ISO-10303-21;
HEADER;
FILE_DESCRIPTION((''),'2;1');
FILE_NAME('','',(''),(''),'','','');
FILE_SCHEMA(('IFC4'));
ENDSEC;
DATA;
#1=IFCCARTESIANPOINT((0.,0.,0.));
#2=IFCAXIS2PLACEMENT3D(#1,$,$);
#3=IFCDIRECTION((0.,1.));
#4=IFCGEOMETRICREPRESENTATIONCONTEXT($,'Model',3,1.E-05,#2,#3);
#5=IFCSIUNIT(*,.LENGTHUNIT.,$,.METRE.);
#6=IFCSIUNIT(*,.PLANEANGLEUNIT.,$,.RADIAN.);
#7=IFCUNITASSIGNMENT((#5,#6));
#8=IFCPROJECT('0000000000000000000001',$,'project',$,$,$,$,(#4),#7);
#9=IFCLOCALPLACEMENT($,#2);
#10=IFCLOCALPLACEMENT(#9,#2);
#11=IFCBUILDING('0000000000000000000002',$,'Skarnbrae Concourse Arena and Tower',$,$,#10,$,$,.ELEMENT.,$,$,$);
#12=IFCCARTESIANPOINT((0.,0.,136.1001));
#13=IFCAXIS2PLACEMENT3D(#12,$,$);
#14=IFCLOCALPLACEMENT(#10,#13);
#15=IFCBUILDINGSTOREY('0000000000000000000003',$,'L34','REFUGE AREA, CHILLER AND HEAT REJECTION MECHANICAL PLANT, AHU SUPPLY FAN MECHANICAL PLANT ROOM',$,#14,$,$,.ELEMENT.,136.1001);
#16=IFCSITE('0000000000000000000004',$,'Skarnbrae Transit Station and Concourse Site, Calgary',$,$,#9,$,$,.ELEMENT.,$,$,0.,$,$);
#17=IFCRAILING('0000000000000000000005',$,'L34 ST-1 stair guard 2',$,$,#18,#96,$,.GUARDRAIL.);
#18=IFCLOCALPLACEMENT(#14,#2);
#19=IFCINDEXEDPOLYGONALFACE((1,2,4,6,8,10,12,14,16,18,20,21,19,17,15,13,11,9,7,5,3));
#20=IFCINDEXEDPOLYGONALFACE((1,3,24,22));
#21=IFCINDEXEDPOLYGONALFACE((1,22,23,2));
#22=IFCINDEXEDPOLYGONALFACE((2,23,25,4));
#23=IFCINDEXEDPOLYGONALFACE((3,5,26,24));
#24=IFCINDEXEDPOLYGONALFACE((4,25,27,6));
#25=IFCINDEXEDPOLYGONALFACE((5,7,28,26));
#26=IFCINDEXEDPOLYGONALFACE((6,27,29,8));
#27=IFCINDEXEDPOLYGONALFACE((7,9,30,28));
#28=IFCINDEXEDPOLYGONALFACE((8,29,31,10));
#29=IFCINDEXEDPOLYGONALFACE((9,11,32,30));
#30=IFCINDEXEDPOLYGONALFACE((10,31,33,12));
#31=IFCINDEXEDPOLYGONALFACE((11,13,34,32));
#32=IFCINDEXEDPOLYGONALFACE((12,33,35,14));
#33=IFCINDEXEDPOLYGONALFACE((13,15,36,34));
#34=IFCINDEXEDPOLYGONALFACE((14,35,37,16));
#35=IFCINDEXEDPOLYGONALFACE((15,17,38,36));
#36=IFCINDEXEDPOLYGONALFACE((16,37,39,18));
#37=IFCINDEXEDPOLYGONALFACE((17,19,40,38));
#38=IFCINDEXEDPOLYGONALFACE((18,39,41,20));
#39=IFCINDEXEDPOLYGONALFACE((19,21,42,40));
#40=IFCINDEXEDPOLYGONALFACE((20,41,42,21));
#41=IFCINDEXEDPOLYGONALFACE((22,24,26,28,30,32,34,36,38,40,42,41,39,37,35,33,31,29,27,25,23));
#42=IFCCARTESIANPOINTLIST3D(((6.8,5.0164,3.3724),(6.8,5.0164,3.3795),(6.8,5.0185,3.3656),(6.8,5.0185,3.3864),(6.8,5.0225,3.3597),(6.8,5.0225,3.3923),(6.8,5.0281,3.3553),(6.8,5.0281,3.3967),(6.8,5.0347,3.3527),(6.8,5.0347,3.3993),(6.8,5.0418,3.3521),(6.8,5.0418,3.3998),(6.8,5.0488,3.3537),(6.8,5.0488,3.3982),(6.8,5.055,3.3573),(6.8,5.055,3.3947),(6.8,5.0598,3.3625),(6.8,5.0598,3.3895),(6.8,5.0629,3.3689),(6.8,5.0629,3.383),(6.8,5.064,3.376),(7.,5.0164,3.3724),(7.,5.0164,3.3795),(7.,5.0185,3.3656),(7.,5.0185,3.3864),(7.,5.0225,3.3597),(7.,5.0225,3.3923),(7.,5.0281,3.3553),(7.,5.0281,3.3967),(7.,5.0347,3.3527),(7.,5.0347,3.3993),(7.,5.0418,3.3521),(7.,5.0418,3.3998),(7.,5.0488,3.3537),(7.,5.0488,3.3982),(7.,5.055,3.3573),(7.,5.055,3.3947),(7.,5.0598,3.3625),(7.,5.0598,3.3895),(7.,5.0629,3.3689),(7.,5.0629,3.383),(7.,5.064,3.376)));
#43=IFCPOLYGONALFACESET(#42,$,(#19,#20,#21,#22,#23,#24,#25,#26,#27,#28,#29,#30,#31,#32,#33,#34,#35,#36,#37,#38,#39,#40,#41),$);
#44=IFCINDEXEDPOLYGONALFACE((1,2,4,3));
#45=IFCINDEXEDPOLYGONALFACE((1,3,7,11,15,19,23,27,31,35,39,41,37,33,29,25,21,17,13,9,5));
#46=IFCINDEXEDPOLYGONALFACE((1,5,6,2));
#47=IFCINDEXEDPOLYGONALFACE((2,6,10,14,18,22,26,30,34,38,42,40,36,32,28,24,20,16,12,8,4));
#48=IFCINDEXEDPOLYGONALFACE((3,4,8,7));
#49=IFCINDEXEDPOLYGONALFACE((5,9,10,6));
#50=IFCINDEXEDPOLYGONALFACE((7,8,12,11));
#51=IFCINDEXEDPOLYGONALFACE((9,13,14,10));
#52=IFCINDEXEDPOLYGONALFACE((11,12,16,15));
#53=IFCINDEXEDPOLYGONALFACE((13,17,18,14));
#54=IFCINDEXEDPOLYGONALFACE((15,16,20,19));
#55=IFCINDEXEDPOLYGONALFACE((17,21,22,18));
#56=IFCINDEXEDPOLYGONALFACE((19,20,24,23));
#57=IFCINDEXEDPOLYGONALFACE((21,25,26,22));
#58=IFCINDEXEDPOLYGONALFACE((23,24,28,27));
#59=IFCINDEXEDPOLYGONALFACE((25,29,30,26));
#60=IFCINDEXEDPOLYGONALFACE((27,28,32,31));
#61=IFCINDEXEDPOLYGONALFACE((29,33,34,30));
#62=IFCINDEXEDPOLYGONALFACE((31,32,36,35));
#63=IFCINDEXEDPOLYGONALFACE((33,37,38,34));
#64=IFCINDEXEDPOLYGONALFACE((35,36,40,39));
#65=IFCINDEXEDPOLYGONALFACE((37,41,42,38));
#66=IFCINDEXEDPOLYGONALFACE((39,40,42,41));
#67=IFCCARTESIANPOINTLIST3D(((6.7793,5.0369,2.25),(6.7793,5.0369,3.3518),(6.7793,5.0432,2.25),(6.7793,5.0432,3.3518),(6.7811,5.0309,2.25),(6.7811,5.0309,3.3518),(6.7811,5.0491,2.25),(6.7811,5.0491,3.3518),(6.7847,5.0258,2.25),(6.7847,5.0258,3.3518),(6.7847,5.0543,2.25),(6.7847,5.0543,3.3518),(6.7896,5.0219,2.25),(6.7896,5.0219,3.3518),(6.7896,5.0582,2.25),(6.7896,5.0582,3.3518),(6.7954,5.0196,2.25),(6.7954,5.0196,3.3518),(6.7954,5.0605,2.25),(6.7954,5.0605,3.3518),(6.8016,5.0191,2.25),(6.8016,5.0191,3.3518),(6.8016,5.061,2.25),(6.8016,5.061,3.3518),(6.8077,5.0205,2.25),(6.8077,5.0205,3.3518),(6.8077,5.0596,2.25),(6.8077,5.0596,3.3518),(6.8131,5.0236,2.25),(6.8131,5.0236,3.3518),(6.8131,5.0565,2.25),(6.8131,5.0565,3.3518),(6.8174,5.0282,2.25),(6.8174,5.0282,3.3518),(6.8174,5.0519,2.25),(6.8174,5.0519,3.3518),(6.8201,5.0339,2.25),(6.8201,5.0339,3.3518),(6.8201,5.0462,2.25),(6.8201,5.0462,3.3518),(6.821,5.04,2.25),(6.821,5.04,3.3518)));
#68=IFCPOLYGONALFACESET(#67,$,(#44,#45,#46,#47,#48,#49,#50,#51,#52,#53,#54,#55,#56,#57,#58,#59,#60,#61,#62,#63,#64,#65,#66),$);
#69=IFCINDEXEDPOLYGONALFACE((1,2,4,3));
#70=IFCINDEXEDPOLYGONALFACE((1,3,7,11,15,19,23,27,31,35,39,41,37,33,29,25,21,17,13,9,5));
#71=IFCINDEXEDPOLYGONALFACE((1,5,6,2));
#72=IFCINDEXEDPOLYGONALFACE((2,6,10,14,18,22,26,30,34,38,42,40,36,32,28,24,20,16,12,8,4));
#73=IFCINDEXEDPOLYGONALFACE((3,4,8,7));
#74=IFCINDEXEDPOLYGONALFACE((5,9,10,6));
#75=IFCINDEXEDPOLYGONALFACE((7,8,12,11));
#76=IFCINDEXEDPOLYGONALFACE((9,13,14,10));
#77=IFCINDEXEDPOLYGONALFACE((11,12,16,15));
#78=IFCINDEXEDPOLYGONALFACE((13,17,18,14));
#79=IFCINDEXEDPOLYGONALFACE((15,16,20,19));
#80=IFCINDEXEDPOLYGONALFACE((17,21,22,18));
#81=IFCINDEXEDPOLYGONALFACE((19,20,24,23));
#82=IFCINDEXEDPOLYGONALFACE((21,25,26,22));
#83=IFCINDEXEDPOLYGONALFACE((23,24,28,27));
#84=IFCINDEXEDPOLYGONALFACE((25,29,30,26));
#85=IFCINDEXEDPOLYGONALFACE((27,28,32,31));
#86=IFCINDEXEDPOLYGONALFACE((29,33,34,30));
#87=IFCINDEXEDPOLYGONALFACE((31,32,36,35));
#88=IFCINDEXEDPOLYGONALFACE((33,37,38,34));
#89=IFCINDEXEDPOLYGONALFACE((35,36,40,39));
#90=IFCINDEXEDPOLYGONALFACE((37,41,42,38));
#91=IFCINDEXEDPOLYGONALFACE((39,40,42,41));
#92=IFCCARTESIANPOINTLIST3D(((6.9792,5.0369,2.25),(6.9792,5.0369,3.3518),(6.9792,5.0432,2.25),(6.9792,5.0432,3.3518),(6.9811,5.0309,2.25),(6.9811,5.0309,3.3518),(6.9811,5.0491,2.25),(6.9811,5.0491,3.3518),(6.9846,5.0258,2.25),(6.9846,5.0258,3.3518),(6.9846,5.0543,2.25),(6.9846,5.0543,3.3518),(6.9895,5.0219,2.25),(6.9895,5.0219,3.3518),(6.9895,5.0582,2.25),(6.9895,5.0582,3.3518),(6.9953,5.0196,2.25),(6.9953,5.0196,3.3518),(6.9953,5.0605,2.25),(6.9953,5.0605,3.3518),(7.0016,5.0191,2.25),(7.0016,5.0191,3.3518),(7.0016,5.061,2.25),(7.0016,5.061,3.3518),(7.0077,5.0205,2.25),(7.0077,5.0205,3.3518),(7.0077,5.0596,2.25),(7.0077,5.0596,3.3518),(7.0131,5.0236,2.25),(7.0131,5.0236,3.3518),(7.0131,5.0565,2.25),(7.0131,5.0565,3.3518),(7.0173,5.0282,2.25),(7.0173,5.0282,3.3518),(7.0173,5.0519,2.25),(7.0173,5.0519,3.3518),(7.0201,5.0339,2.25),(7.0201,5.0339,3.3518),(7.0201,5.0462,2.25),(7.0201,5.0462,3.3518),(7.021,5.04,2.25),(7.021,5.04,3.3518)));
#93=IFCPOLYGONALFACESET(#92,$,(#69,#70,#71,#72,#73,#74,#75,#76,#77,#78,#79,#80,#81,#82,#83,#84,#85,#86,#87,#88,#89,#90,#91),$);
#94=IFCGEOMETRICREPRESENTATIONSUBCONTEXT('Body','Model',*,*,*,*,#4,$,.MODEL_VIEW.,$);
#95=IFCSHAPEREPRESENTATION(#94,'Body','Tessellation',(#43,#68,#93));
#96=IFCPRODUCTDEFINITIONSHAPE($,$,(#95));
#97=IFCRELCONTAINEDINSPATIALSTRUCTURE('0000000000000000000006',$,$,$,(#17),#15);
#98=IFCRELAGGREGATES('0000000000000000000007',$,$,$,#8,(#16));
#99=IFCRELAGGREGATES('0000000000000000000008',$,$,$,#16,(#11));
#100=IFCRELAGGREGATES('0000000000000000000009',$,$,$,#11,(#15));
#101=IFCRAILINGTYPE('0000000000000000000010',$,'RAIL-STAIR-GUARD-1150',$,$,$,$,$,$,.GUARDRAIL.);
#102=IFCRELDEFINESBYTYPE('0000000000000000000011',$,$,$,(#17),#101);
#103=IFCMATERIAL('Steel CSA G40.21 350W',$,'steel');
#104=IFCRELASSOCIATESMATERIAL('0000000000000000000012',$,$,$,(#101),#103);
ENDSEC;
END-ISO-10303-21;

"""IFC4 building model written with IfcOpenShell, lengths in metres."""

from ifc_helpers import new_model, si_unit, direction, frame, origin, origin_2d, place, context, subcontext, project, spatial, circle, extrude, material, type_object, element, save


model = new_model("IFC4")

# Units and contexts
model_context = context("Model", 3, precision=1e-05, world=origin(), true_north=direction((0.0, 1.0)))
body_context = subcontext(model_context, "Body", "Model", "MODEL_VIEW")
ifc_project = project(units=[si_unit("LENGTHUNIT", "METRE"), si_unit("PLANEANGLEUNIT", "RADIAN")], contexts=[model_context])

# Site, building, storey
site_placement = place(None, origin())
site = spatial("IfcSite", under=ifc_project, at=site_placement, Name="Skarnbrae Transit Station and Concourse Site, Calgary", CompositionType="ELEMENT", RefElevation=0.0)
building_placement = place(site_placement, origin())
building = spatial("IfcBuilding", under=site, at=building_placement, Name="Skarnbrae Concourse Arena and Tower", CompositionType="ELEMENT")
storey_placement = place(building_placement, frame((0.0, 0.0, 136.1001)))
storey = spatial("IfcBuildingStorey", under=building, at=storey_placement, Name="L34", Description="REFUGE AREA, CHILLER AND HEAT REJECTION MECHANICAL PLANT, AHU SUPPLY FAN MECHANICAL PLANT ROOM", CompositionType="ELEMENT", Elevation=136.1001)

# Shared definitions
ifc_material_1 = material(Name="Steel CSA G40.21 350W", Category="steel")

# Railing
railing_type_1 = type_object("IfcRailingType", Name="RAIL-STAIR-GUARD-1150", PredefinedType="GUARDRAIL", material=ifc_material_1)
railing_1_placement = place(storey_placement, frame((6.8, 5.04, 2.25)))
element("IfcRailing", 1, at=railing_1_placement, inside=storey, type_object=railing_type_1, Name="L34 ST-1 stair guard 2", PredefinedType="GUARDRAIL", context=body_context, shape_type="SweptSolid", body=[
    extrude(circle(Radius=0.0239, at=origin_2d()), frame((0.0, 0.0, 1.126), z_axis=(1.0, 0.0, 0.0), x_axis=(0.0, 1.0, 0.0)), (0.0, 0.0, 1.0), 0.2),
    extrude(circle(Radius=0.021, at=origin_2d()), origin(), (0.0, 0.0, 1.0), 1.1018),
    extrude(circle(Radius=0.021, at=origin_2d()), frame((0.2, 0.0, 0.0)), (0.0, 0.0, 1.0), 1.1018),
])

save(model, "model.ifc")
